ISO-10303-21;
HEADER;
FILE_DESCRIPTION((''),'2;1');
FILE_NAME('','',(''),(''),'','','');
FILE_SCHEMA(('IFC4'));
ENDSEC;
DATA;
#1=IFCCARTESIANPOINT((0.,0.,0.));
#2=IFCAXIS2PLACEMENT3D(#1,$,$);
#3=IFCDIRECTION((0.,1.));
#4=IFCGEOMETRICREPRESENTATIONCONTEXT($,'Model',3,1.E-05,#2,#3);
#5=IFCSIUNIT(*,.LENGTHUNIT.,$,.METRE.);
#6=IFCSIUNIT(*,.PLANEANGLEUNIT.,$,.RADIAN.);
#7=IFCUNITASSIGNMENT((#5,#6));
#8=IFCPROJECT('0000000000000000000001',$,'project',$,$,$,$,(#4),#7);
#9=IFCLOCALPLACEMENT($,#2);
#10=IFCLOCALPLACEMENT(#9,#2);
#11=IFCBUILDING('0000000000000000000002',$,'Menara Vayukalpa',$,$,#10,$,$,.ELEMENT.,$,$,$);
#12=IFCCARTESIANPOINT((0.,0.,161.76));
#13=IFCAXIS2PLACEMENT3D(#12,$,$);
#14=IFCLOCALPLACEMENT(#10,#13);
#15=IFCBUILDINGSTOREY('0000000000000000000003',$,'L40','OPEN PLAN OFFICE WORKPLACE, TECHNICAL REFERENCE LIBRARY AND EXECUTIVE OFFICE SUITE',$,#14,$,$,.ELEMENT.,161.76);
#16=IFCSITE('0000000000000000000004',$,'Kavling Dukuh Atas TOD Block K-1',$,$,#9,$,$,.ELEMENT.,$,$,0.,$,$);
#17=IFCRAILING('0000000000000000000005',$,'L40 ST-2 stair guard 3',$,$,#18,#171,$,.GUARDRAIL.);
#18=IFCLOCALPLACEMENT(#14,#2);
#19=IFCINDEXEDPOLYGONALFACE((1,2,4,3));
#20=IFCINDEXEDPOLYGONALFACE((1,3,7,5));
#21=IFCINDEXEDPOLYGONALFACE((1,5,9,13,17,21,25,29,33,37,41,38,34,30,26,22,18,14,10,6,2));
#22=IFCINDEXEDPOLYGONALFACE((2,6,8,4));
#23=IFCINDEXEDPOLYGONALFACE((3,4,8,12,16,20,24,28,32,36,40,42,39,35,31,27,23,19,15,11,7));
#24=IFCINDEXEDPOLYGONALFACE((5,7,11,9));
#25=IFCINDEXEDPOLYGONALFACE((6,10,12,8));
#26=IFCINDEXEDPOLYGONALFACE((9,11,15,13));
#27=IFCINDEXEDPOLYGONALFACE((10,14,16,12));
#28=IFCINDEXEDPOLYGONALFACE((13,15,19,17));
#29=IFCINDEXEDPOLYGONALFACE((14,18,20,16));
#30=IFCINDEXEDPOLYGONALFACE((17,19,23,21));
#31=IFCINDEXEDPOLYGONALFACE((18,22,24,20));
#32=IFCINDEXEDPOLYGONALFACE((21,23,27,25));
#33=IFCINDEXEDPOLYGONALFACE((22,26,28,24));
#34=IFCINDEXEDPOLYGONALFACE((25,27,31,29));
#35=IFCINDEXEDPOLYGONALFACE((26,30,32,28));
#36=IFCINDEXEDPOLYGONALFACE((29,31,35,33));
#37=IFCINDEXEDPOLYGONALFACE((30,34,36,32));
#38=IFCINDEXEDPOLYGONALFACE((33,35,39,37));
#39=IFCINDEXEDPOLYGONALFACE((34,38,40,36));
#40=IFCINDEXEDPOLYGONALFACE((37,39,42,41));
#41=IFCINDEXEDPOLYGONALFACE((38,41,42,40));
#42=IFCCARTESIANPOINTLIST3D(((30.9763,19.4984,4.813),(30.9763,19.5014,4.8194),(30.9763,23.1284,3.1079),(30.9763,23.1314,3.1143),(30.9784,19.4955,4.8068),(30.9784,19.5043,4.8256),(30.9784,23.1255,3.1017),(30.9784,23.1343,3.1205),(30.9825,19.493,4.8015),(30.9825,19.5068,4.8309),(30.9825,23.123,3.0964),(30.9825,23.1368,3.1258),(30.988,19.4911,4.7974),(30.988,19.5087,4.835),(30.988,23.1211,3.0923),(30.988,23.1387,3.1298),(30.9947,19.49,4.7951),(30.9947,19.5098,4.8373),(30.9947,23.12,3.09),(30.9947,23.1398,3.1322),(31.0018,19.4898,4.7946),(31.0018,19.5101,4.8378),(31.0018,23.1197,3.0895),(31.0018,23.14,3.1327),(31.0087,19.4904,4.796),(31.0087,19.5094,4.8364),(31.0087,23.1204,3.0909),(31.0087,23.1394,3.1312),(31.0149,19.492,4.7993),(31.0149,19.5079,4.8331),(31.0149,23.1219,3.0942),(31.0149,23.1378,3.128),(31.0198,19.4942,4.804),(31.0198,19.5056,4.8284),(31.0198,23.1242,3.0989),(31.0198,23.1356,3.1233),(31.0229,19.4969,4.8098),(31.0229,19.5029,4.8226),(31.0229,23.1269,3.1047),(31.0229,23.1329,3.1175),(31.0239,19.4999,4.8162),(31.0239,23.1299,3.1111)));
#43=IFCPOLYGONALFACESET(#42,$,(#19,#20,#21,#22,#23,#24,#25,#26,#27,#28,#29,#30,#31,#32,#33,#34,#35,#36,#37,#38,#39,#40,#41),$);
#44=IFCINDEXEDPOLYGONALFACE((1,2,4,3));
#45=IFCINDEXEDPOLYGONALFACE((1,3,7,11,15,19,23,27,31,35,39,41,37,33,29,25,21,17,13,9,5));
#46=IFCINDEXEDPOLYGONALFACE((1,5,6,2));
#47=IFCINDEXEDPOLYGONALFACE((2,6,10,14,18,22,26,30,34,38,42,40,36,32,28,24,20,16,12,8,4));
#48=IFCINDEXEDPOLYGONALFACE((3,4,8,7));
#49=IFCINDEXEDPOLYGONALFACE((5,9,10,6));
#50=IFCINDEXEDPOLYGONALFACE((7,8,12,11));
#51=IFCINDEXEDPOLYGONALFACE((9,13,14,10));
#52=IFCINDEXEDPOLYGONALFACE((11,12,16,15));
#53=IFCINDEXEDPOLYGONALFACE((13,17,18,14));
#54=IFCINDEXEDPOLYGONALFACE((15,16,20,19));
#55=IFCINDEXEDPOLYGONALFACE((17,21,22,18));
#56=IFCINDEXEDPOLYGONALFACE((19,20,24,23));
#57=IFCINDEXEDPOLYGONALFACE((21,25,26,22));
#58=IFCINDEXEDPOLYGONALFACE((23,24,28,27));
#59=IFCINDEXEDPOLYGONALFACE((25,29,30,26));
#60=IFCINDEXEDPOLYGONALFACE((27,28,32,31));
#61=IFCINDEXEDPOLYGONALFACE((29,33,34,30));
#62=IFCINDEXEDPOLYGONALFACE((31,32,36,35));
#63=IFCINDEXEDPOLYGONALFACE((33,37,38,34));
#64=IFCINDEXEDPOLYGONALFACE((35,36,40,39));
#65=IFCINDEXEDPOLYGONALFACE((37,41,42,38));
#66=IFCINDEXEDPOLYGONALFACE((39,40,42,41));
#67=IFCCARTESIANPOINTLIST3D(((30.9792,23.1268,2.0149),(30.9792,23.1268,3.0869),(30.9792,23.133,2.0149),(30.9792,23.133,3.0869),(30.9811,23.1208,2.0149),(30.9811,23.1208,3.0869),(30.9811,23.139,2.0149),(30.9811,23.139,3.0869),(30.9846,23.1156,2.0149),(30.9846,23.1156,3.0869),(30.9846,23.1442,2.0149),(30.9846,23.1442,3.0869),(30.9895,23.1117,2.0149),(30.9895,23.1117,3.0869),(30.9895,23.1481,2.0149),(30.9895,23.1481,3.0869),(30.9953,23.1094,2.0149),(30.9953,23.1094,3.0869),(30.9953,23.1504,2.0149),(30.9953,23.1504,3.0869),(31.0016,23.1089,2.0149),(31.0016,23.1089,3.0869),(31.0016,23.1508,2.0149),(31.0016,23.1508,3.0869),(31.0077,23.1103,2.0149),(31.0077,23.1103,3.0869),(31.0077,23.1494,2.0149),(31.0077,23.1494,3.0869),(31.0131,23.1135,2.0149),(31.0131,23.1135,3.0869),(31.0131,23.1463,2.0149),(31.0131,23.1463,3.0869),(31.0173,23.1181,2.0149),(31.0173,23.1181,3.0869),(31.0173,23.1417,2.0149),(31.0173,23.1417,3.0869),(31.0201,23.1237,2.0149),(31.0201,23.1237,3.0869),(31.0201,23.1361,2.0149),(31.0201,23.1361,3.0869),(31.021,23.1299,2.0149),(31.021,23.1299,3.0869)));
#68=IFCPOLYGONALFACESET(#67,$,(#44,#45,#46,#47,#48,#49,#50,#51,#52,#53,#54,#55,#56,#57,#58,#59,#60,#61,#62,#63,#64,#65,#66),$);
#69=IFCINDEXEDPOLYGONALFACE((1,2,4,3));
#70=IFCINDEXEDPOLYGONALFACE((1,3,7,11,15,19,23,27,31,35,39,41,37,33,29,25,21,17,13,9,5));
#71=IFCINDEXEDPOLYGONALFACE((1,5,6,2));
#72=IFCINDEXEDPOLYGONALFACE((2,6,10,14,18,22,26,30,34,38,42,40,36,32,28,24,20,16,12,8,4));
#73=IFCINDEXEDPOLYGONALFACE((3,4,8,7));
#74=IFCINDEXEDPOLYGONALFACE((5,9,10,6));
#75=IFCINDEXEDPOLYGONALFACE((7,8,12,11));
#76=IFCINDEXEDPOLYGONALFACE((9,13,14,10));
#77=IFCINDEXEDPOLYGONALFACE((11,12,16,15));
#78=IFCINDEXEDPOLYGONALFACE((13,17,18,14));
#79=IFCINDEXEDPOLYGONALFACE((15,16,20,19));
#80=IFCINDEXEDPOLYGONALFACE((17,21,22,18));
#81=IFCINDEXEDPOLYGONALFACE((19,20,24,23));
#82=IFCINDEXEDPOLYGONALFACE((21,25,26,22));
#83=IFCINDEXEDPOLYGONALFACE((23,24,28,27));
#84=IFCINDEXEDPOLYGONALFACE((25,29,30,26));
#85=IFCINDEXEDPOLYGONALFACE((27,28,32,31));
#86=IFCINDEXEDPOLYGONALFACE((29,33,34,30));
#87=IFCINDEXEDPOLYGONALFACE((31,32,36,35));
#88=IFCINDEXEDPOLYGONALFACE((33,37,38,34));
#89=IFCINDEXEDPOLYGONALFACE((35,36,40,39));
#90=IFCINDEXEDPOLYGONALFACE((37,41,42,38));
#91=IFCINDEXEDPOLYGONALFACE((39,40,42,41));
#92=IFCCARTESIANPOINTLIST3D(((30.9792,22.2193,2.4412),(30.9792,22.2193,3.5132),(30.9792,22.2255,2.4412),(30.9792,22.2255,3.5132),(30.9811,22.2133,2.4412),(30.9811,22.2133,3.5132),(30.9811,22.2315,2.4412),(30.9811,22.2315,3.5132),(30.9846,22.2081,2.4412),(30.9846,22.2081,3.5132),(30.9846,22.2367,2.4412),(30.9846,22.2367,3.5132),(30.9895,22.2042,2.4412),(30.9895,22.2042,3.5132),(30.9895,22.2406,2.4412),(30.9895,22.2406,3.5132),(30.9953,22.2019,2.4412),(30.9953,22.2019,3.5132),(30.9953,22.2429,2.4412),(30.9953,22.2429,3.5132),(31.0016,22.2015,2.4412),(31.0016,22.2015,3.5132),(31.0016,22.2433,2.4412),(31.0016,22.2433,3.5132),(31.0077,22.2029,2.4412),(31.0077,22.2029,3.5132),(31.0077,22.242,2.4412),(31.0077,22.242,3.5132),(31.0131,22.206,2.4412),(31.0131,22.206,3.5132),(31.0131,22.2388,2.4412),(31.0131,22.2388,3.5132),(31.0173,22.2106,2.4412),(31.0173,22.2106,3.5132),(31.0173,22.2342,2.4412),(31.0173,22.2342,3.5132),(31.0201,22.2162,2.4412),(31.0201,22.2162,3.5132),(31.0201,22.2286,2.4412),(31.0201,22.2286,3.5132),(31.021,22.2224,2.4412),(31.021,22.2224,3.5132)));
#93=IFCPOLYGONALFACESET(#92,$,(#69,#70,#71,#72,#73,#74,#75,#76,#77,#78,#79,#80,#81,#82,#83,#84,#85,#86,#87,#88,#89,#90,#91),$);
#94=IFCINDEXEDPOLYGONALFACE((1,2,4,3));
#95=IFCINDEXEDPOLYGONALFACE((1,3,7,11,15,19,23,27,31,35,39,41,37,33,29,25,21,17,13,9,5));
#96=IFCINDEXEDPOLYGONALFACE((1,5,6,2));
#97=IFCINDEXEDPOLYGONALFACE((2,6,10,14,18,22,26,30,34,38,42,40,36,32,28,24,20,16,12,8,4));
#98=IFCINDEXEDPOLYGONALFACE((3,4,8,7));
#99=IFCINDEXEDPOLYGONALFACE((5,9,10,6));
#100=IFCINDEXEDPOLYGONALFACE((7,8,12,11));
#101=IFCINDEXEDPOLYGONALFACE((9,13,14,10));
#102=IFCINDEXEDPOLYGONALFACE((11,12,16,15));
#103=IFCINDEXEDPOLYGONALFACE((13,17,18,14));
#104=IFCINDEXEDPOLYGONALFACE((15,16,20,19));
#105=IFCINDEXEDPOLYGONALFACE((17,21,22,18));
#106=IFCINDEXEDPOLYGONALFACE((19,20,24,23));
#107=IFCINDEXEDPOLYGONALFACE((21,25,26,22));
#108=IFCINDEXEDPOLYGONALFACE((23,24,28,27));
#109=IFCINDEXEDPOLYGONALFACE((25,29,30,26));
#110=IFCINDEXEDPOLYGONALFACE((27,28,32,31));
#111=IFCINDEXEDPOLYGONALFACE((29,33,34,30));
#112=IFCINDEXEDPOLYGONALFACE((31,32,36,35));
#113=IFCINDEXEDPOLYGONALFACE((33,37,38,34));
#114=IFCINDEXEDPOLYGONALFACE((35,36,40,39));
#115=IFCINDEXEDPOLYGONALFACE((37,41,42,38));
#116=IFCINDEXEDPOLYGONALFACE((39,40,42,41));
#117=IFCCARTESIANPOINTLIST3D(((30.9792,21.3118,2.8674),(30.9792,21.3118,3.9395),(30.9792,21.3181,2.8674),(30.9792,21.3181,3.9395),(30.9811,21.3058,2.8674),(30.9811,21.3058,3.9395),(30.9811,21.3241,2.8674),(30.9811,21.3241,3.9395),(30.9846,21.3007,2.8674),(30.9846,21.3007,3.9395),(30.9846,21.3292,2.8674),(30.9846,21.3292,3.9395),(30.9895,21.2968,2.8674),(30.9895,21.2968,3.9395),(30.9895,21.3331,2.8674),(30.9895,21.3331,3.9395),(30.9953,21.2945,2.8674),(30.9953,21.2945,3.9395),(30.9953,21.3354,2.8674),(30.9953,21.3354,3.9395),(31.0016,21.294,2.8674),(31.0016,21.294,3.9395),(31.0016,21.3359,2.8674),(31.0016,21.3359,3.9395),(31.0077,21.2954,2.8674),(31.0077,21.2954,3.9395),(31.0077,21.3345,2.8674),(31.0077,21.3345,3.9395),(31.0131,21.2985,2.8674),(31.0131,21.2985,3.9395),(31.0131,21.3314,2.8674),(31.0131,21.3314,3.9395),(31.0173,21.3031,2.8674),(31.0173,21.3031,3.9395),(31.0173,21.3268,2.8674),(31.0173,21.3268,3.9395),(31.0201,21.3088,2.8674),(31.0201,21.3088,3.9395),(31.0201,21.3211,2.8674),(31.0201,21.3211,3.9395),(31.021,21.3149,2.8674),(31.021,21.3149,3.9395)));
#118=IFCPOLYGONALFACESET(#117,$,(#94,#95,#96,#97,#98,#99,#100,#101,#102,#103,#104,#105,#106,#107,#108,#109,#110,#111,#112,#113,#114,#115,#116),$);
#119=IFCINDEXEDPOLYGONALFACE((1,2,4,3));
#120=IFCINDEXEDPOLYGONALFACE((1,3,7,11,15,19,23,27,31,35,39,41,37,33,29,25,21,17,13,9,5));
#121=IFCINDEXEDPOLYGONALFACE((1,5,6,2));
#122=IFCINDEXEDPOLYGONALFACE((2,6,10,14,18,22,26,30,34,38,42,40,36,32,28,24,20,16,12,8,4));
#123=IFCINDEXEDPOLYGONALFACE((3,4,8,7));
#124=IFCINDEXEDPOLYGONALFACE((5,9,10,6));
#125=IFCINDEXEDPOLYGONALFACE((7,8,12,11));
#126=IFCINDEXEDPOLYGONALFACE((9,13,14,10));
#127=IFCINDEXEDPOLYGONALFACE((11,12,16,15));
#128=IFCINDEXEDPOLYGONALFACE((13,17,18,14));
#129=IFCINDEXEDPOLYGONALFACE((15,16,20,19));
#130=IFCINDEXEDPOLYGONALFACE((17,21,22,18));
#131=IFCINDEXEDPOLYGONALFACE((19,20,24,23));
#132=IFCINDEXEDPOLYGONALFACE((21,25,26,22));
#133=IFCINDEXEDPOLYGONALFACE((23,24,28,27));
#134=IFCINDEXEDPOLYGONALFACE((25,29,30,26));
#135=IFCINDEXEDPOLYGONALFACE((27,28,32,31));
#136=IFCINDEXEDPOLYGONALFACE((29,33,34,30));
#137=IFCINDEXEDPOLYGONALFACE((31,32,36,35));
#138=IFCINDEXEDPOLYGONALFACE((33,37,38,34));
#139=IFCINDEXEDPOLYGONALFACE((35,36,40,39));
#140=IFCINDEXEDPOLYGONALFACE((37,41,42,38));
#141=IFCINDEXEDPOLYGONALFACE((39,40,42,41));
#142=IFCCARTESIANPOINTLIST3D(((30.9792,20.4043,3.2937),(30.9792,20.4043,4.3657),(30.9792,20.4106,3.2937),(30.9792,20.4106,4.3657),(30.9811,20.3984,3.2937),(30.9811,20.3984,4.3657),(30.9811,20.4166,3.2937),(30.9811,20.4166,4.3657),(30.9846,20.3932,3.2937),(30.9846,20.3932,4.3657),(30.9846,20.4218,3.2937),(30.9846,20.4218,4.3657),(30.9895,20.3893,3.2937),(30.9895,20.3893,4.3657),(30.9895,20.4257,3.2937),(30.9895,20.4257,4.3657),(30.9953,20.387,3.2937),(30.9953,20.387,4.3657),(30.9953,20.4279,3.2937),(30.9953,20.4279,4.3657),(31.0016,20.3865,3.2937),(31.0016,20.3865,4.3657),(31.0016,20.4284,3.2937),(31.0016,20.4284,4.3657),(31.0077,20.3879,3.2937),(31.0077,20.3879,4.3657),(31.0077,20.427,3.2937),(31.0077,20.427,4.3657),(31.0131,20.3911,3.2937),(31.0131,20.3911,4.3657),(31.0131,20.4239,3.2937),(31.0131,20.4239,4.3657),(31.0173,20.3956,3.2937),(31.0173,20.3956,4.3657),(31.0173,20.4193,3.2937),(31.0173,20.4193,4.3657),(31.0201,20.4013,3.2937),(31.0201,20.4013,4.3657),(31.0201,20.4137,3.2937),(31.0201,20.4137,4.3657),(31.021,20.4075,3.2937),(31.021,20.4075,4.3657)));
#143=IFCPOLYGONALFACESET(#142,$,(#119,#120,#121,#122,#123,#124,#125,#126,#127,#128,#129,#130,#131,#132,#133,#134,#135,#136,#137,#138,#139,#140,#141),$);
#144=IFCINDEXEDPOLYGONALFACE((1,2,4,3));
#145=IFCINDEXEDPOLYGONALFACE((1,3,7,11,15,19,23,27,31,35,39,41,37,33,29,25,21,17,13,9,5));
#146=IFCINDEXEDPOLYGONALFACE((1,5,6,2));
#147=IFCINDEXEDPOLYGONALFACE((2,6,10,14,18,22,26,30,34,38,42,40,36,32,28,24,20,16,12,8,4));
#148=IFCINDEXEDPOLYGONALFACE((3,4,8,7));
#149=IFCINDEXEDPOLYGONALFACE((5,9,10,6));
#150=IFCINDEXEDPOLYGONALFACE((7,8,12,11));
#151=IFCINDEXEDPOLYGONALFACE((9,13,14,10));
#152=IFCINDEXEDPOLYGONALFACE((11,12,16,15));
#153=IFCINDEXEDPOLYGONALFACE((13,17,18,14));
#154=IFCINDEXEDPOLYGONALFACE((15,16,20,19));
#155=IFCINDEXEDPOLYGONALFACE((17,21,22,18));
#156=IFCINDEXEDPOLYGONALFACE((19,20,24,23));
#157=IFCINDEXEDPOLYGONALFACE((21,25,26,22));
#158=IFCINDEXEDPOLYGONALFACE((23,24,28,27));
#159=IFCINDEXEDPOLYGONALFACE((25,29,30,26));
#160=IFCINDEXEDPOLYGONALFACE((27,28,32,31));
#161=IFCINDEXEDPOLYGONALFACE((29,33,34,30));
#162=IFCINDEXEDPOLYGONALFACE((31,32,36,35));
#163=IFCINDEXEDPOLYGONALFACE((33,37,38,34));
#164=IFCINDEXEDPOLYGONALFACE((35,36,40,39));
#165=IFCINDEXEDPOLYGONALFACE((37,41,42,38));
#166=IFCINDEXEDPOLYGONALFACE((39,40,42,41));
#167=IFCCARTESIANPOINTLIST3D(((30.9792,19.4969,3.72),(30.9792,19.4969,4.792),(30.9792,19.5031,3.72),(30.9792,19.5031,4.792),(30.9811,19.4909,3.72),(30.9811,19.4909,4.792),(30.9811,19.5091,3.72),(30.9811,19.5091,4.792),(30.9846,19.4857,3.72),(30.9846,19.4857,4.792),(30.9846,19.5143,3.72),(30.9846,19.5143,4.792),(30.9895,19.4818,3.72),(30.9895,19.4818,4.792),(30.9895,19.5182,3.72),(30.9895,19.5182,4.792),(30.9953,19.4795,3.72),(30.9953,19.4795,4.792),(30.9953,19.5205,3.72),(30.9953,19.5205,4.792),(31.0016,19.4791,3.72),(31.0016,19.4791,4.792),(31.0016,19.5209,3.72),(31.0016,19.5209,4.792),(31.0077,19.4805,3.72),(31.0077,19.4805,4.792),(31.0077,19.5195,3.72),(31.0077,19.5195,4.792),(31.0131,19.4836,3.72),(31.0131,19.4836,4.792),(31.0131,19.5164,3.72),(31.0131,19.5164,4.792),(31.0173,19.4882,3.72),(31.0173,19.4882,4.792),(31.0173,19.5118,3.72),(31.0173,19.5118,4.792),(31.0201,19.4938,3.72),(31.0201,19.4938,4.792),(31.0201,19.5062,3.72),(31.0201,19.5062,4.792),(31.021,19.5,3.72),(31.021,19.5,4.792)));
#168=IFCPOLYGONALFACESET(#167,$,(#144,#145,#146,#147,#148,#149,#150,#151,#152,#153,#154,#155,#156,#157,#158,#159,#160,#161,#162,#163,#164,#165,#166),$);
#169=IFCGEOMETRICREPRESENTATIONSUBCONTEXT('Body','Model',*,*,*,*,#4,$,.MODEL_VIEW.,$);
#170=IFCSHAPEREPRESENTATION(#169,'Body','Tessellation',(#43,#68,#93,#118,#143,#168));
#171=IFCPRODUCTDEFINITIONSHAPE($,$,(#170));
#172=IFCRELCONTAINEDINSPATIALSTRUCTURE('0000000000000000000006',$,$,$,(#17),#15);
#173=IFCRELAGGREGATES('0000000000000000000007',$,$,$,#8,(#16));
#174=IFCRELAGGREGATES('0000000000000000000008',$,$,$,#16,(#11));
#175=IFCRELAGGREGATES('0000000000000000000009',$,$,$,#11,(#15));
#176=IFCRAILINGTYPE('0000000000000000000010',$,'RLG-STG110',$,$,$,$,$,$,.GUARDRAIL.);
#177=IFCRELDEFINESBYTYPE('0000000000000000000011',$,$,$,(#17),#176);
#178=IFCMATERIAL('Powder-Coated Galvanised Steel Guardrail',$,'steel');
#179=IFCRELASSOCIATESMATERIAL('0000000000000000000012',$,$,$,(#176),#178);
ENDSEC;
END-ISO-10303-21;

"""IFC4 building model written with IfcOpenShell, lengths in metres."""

from ifc_helpers import new_model, si_unit, direction, frame, origin, origin_2d, place, context, subcontext, project, spatial, circle, extrude, material, type_object, element, save


model = new_model("IFC4")

# Units and contexts
model_context = context("Model", 3, precision=1e-05, world=origin(), true_north=direction((0.0, 1.0)))
body_context = subcontext(model_context, "Body", "Model", "MODEL_VIEW")
ifc_project = project(units=[si_unit("LENGTHUNIT", "METRE"), si_unit("PLANEANGLEUNIT", "RADIAN")], contexts=[model_context])

# Site, building, storey
site_placement = place(None, origin())
site = spatial("IfcSite", under=ifc_project, at=site_placement, Name="Kavling Dukuh Atas TOD Block K-1", CompositionType="ELEMENT", RefElevation=0.0)
building_placement = place(site_placement, origin())
building = spatial("IfcBuilding", under=site, at=building_placement, Name="Menara Vayukalpa", CompositionType="ELEMENT")
storey_placement = place(building_placement, frame((0.0, 0.0, 161.76)))
storey = spatial("IfcBuildingStorey", under=building, at=storey_placement, Name="L40", Description="OPEN PLAN OFFICE WORKPLACE, TECHNICAL REFERENCE LIBRARY AND EXECUTIVE OFFICE SUITE", CompositionType="ELEMENT", Elevation=161.76)

# Railing
ifc_material_1 = material(Name="Powder-Coated Galvanised Steel Guardrail", Category="steel")
railing_type_1 = type_object("IfcRailingType", Name="RLG-STG110", PredefinedType="GUARDRAIL", material=ifc_material_1)
railing_1_placement = place(storey_placement, frame((31.0, 23.1299, 2.0149)))
element("IfcRailing", 1, at=railing_1_placement, inside=storey, type_object=railing_type_1, Name="L40 ST-2 stair guard 3", PredefinedType="GUARDRAIL", context=body_context, shape_type="SweptSolid", body=[
    extrude(circle(Radius=0.0239, at=origin_2d()), frame((0.0, 0.0, 1.0962), z_axis=(0.0, -0.905116, 0.425164), x_axis=(1.0, 0.0, 0.0)), (0.0, 0.0, 1.0), 4.0105),
    extrude(circle(Radius=0.021, at=origin_2d()), origin(), (0.0, 0.0, 1.0), 1.072),
    extrude(circle(Radius=0.021, at=origin_2d()), frame((0.0, -0.9075, 0.4263)), (0.0, 0.0, 1.0), 1.072),
    extrude(circle(Radius=0.021, at=origin_2d()), frame((0.0, -1.8149, 0.8525)), (0.0, 0.0, 1.0), 1.072),
    extrude(circle(Radius=0.021, at=origin_2d()), frame((0.0, -2.7224, 1.2788)), (0.0, 0.0, 1.0), 1.072),
    extrude(circle(Radius=0.021, at=origin_2d()), frame((0.0, -3.6299, 1.7051)), (0.0, 0.0, 1.0), 1.072),
])

save(model, "model.ifc")
